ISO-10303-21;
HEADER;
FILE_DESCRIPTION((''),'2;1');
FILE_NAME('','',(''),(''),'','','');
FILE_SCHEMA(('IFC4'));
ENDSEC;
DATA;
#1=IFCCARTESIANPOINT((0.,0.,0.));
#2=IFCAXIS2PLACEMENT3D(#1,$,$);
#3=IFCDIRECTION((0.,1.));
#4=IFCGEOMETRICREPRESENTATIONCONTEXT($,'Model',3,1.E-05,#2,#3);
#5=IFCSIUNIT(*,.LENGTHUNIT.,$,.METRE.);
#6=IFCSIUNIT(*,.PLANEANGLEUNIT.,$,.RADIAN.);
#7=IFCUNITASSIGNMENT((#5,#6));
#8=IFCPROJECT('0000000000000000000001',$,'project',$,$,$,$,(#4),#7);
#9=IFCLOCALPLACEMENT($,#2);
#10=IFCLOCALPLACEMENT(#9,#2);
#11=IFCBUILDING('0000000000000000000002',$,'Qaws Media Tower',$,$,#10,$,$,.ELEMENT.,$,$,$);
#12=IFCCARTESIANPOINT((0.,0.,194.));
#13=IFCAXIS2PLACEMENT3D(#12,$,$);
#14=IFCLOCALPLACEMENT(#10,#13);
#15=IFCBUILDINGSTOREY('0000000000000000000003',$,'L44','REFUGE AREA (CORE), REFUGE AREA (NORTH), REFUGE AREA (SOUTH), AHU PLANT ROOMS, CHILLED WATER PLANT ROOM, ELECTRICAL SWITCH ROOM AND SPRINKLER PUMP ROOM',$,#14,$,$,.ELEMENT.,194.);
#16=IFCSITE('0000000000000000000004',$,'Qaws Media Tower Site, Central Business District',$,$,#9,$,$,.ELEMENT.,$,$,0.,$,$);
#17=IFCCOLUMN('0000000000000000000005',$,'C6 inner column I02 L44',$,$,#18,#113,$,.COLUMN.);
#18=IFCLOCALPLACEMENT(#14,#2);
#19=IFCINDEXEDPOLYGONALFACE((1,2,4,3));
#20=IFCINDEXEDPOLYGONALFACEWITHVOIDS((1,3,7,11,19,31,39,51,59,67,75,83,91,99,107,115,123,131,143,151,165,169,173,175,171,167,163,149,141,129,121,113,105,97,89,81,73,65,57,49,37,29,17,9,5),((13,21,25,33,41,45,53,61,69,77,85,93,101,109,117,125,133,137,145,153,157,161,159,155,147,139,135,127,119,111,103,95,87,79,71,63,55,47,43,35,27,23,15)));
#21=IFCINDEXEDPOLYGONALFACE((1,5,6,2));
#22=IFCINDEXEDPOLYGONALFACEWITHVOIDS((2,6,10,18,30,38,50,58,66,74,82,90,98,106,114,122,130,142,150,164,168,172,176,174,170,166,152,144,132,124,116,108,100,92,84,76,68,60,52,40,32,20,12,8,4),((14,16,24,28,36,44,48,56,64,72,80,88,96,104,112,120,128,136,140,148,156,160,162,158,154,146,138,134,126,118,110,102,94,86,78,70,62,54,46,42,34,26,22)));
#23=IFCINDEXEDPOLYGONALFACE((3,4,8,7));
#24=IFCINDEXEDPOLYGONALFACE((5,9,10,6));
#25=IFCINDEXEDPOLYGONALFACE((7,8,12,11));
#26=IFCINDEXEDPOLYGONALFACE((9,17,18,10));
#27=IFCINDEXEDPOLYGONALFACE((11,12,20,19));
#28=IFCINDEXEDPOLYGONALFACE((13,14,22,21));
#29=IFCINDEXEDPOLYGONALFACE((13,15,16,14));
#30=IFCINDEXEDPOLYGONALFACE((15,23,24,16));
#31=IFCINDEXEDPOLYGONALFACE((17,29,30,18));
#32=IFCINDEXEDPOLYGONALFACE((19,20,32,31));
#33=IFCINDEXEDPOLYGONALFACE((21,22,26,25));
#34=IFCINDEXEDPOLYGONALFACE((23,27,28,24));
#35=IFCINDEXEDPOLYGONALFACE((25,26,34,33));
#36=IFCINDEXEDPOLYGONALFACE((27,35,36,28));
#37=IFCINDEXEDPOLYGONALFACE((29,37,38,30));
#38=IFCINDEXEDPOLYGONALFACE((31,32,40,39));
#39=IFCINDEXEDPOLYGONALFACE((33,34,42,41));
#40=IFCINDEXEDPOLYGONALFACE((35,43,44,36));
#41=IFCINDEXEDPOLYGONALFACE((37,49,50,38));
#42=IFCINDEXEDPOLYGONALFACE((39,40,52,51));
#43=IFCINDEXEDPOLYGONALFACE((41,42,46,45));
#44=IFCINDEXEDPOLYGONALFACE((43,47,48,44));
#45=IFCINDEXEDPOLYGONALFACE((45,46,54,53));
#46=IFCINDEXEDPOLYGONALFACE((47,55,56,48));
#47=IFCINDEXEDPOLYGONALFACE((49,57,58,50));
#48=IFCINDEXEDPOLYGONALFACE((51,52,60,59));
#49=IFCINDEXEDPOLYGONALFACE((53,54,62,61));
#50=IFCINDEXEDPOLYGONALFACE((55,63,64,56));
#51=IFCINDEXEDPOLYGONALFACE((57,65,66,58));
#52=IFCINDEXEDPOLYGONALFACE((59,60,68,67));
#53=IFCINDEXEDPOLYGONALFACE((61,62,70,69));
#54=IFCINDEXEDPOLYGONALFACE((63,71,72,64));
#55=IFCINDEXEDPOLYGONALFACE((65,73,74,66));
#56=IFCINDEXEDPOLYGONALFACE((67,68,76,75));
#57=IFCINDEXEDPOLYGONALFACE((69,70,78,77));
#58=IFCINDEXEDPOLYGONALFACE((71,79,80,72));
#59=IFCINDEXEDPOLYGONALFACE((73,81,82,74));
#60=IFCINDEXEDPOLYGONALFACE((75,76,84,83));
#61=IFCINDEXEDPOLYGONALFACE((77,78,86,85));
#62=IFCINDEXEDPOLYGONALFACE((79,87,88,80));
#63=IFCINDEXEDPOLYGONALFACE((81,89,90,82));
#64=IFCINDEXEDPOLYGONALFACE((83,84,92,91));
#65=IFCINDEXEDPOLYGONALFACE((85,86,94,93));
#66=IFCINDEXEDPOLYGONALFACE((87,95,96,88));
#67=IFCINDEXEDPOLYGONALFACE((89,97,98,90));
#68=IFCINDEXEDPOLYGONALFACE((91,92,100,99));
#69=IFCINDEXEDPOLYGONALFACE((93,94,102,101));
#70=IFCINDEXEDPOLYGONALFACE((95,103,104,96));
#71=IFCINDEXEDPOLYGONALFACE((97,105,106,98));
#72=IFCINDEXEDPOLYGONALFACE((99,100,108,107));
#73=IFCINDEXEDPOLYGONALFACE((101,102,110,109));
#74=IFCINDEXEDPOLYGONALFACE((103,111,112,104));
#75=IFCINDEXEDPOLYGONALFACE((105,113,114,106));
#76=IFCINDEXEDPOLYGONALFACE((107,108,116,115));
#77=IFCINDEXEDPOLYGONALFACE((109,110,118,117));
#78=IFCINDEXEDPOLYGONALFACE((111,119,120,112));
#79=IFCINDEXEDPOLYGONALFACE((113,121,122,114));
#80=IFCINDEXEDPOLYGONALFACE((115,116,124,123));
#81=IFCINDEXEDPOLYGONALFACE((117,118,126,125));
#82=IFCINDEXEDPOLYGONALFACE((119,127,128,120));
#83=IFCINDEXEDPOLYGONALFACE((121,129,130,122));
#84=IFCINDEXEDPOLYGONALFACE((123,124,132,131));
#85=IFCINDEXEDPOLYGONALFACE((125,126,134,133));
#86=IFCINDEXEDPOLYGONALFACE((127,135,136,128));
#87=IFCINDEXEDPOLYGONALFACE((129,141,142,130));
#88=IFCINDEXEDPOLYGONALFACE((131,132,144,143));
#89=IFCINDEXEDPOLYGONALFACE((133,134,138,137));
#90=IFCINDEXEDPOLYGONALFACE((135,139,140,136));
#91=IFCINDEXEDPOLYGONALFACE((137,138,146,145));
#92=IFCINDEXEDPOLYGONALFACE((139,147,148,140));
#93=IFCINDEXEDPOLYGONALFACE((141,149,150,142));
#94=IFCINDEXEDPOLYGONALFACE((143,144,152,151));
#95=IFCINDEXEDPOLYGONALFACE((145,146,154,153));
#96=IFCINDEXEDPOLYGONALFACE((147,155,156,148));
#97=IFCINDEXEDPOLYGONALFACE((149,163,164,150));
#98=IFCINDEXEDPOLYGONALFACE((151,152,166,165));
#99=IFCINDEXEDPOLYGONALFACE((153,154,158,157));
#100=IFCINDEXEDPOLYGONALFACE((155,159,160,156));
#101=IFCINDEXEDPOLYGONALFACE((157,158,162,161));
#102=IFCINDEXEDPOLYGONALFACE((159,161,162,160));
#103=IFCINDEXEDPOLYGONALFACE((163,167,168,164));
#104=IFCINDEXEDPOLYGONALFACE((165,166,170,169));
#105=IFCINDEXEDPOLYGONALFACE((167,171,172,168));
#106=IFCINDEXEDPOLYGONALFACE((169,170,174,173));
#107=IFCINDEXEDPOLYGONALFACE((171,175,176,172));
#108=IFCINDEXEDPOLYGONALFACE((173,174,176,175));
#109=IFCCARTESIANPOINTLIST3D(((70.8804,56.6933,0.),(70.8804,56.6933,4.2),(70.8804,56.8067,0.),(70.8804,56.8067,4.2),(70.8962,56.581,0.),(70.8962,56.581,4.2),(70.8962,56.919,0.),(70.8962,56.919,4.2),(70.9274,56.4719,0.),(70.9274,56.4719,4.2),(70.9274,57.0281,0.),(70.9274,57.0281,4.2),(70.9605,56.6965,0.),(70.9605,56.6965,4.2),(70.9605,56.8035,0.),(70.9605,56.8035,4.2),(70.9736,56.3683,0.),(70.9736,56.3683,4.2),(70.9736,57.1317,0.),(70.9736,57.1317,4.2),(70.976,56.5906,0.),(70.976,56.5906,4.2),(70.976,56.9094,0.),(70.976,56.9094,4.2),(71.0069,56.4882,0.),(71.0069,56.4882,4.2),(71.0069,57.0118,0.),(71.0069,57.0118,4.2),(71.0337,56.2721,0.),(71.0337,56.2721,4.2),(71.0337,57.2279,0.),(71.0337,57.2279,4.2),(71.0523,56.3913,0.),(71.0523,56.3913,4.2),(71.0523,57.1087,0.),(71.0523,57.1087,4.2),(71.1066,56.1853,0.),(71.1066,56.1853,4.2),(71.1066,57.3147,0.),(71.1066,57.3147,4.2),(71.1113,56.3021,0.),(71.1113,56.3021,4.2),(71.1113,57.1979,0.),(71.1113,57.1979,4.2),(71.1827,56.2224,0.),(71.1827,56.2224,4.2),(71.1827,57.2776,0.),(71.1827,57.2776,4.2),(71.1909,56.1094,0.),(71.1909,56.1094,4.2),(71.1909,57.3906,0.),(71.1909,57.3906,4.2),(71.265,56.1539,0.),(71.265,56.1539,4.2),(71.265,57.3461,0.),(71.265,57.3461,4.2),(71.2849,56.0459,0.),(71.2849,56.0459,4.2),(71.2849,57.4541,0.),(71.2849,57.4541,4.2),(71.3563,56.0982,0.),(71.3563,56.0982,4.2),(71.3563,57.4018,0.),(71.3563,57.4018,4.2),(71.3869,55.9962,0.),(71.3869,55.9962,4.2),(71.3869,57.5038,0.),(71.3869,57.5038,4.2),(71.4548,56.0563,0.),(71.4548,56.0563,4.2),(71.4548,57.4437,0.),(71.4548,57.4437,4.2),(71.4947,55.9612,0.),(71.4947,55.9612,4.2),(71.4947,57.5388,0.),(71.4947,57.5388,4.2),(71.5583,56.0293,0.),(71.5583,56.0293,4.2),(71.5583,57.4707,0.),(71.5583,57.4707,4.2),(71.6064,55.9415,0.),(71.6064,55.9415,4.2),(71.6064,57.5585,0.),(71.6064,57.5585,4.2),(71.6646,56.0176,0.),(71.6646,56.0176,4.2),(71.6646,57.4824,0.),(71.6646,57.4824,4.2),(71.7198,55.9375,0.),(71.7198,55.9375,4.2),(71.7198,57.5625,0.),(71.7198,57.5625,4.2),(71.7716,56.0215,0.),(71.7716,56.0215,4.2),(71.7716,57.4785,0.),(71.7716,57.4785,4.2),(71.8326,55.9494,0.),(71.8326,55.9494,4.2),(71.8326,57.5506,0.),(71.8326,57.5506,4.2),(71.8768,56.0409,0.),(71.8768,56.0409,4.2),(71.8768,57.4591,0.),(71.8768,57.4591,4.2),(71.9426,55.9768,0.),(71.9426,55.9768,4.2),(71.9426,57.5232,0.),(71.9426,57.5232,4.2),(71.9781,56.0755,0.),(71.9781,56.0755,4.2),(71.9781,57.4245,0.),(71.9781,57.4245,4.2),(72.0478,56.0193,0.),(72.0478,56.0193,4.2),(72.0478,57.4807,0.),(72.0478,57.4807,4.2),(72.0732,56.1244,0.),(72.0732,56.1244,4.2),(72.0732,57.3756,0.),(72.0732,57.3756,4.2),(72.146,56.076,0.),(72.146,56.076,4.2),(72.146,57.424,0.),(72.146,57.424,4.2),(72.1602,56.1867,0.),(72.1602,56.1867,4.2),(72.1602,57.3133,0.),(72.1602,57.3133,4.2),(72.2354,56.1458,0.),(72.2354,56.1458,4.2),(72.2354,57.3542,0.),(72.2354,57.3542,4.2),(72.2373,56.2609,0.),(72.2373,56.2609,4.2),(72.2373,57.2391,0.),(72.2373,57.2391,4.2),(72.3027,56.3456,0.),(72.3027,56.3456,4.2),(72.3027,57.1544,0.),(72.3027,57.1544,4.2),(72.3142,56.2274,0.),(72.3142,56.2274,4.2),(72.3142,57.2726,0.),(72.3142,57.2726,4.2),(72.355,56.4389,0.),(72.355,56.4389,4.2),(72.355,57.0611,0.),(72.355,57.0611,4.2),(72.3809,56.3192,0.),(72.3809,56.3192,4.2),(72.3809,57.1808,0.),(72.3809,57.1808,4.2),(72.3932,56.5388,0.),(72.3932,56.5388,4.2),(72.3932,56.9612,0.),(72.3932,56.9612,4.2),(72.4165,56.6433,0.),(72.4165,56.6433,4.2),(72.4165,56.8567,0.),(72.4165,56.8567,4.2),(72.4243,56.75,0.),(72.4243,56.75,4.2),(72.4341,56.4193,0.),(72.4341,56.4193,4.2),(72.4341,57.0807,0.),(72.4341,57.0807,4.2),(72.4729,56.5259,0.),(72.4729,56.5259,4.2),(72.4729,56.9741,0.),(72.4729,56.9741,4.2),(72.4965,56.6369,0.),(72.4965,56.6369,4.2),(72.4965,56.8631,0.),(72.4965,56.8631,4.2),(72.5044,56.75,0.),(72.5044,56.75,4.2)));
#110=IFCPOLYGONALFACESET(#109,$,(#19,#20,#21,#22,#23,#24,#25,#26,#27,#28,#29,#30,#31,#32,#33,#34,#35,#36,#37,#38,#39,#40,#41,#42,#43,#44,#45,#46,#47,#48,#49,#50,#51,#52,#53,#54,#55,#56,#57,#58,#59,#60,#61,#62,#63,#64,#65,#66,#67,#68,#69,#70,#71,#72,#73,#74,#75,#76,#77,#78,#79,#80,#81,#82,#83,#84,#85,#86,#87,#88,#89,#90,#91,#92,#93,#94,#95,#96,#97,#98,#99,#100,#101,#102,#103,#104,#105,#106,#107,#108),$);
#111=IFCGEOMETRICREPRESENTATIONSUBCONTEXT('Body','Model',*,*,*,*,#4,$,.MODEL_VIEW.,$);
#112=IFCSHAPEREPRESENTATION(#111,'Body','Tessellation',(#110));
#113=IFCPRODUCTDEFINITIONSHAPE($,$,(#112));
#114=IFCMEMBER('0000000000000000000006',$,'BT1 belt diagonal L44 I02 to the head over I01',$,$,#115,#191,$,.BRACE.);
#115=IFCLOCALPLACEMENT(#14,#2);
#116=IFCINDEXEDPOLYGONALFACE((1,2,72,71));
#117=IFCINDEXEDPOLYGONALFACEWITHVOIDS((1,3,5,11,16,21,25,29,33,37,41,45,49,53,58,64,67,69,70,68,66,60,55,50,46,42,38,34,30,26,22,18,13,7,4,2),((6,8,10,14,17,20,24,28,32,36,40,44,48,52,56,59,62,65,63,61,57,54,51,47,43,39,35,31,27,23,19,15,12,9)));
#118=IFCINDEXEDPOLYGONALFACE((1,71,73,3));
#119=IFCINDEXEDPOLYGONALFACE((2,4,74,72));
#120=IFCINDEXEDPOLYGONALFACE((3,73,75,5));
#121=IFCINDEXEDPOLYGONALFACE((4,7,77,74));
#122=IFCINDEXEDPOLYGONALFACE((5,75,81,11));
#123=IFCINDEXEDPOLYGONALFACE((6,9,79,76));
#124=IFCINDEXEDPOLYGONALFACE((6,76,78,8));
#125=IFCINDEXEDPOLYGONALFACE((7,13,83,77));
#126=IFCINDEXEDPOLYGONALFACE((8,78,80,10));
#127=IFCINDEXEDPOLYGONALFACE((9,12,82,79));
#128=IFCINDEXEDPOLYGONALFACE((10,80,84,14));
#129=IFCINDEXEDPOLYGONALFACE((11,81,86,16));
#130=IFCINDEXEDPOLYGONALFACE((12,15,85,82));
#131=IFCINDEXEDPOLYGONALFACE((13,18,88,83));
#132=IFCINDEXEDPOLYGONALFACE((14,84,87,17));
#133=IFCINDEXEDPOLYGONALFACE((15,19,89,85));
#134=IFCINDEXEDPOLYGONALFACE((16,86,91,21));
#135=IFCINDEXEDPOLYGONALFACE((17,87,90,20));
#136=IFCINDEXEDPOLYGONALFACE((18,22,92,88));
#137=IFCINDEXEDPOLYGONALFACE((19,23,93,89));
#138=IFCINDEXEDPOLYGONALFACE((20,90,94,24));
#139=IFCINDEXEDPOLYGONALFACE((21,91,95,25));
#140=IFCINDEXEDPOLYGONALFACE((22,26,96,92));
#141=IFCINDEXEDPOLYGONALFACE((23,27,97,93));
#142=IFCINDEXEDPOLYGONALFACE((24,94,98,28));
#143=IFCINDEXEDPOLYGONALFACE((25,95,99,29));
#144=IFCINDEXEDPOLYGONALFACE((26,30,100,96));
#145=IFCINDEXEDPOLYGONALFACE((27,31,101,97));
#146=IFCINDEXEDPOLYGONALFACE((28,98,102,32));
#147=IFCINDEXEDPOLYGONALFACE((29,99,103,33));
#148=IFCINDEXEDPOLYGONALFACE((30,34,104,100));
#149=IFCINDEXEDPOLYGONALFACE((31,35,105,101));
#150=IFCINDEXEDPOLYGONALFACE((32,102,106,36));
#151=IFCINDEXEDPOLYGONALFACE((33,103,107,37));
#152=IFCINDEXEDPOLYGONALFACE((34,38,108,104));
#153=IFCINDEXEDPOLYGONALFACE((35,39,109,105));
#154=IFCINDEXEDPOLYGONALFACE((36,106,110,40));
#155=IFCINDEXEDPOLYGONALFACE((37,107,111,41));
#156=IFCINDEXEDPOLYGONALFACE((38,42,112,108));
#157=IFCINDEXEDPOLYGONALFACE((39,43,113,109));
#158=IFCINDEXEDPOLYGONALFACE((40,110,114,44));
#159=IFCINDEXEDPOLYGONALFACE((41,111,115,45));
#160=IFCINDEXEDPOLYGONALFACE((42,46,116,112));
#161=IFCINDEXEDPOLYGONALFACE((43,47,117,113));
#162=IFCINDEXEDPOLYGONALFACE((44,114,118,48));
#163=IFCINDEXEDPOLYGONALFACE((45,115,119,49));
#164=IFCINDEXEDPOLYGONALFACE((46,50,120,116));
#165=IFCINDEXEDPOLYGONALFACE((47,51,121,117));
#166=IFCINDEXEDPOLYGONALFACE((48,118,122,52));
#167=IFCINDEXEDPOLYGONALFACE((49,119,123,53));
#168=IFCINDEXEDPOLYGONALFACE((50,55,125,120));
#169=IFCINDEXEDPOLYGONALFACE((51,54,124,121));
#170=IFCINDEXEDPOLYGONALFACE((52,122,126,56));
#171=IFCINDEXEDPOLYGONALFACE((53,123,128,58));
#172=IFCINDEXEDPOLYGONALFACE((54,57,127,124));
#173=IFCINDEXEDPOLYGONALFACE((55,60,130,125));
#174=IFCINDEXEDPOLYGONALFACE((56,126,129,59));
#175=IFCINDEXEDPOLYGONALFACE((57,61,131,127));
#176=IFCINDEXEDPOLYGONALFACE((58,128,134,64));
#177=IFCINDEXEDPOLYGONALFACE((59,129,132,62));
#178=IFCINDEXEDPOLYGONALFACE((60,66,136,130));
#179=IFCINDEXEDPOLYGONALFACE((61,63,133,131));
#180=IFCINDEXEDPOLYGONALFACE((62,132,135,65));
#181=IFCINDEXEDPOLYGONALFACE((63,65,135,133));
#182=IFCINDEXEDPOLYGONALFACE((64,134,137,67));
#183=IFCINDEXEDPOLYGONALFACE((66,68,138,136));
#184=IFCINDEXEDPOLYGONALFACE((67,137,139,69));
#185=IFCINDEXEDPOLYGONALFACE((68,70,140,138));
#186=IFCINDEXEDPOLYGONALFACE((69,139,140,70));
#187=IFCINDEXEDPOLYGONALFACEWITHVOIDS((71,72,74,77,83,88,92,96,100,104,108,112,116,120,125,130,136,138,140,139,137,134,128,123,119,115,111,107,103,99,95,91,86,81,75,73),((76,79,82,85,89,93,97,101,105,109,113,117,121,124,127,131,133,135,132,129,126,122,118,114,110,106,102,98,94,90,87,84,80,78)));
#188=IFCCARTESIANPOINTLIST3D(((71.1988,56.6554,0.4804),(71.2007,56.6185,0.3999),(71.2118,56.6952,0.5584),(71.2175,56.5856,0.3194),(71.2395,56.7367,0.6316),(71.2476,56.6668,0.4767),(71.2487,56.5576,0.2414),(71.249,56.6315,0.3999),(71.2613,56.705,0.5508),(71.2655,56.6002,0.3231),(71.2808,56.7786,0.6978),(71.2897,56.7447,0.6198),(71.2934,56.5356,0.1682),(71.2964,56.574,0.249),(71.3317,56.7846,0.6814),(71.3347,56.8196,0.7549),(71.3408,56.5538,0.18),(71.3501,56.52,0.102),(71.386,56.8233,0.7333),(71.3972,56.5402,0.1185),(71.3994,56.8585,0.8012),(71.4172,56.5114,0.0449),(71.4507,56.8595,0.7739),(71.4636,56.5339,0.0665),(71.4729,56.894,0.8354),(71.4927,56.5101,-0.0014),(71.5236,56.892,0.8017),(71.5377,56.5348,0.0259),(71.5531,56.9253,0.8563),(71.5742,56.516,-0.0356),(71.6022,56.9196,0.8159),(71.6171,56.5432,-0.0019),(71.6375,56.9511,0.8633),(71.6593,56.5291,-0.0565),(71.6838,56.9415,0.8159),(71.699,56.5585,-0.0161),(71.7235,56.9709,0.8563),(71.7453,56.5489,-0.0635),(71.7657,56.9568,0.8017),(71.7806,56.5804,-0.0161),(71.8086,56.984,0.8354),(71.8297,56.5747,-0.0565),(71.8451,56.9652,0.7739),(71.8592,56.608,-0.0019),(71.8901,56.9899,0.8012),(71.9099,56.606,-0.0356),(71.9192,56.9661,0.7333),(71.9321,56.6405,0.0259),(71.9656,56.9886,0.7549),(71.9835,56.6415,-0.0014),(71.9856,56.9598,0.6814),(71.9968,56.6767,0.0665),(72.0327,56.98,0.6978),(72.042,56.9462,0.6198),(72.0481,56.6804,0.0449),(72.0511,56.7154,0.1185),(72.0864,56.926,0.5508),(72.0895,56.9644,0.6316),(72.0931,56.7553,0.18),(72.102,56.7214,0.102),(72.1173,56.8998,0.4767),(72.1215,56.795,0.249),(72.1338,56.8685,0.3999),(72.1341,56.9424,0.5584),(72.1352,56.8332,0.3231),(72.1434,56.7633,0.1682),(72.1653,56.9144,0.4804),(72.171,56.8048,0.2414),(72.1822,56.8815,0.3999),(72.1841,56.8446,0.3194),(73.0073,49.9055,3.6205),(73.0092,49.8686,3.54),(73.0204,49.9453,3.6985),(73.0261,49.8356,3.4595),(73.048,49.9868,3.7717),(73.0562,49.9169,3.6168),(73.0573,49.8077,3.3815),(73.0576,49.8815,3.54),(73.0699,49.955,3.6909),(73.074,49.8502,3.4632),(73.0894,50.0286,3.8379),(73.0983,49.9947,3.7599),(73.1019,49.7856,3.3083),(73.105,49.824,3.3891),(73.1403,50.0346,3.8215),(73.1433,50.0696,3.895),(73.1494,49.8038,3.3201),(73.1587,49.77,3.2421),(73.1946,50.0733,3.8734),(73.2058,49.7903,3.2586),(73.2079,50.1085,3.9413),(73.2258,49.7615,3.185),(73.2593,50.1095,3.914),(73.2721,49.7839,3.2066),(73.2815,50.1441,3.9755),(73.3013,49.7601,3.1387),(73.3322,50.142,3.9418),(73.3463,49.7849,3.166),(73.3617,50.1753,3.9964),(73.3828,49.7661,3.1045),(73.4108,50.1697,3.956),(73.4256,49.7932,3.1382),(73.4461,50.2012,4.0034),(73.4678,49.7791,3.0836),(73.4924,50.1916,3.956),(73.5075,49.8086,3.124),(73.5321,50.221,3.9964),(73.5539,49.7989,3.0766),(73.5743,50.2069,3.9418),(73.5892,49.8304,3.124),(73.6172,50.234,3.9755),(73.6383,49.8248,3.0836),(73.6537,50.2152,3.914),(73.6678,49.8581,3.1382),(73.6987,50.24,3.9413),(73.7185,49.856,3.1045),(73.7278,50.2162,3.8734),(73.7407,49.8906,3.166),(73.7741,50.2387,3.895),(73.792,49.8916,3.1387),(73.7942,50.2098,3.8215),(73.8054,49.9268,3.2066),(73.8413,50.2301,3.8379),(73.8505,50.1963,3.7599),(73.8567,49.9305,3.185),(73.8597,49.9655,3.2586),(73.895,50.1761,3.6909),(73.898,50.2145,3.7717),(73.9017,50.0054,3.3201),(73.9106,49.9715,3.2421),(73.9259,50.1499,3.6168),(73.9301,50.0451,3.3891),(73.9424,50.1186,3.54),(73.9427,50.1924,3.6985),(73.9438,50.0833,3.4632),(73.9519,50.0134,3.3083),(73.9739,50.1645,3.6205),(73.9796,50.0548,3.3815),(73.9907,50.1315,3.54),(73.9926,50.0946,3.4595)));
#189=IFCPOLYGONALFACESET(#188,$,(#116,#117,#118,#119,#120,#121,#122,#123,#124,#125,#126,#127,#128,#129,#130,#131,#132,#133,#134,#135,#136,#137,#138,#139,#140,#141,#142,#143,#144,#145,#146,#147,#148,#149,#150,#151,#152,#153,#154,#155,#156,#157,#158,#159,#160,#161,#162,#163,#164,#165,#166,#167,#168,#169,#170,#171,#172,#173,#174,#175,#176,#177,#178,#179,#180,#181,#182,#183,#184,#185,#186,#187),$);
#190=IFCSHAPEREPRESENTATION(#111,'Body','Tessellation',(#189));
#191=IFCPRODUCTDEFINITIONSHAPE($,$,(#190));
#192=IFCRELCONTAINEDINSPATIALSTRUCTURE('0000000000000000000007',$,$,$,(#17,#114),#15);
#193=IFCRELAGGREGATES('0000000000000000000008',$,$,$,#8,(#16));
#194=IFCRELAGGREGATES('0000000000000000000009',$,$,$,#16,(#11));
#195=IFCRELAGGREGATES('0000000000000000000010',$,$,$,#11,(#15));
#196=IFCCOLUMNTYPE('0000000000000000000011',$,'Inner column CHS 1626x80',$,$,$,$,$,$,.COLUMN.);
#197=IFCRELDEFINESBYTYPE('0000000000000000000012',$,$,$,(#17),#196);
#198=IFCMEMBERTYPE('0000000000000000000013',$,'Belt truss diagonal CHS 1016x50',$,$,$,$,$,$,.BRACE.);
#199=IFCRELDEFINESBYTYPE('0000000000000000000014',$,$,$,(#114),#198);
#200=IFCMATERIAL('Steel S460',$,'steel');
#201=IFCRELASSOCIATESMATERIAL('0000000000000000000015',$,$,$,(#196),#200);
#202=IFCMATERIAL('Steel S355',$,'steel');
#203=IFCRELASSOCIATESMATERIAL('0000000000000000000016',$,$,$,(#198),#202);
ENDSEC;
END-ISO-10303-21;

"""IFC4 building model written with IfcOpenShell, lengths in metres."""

from ifc_helpers import new_model, si_unit, direction, frame, origin, origin_2d, place, context, subcontext, project, spatial, hollow_circle, extrude, material, material_profile, profile_set, type_object, element, save


model = new_model("IFC4")

# Units and contexts
model_context = context("Model", 3, precision=1e-05, world=origin(), true_north=direction((0.0, 1.0)))
body_context = subcontext(model_context, "Body", "Model", "MODEL_VIEW")
ifc_project = project(units=[si_unit("LENGTHUNIT", "METRE"), si_unit("PLANEANGLEUNIT", "RADIAN")], contexts=[model_context])

# Site, building, storey
site_placement = place(None, origin())
site = spatial("IfcSite", under=ifc_project, at=site_placement, Name="Qaws Media Tower Site, Central Business District", CompositionType="ELEMENT", RefElevation=0.0)
building_placement = place(site_placement, origin())
building = spatial("IfcBuilding", under=site, at=building_placement, Name="Qaws Media Tower", CompositionType="ELEMENT")
storey_placement = place(building_placement, frame((0.0, 0.0, 194.0)))
storey = spatial("IfcBuildingStorey", under=building, at=storey_placement, Name="L44", Description="REFUGE AREA (CORE), REFUGE AREA (NORTH), REFUGE AREA (SOUTH), AHU PLANT ROOMS, CHILLED WATER PLANT ROOM, ELECTRICAL SWITCH ROOM AND SPRINKLER PUMP ROOM", CompositionType="ELEMENT", Elevation=194.0)

# Column
ifc_material_1 = material(Name="Steel S460", Category="steel")
ifc_material_profile_1 = material_profile(ifc_material_1, hollow_circle(Radius=0.813, WallThickness=0.0801, at=origin_2d()), Name="CHS 1626x80")
ifc_profile_set_1 = profile_set([ifc_material_profile_1], Name="Steel S460")
column_type = type_object("IfcColumnType", Name="Inner column CHS 1626x80", PredefinedType="COLUMN", material=ifc_profile_set_1)
column_placement = place(storey_placement, frame((71.6914, 56.75, 0.0), z_axis=(0.0, 0.0, 1.0), x_axis=(1.0, 0.0, 0.0)))
element("IfcColumn", 1, at=column_placement, inside=storey, type_object=column_type, Name="C6 inner column I02 L44", PredefinedType="COLUMN", context=body_context, shape_type="SweptSolid", body=[
    extrude(hollow_circle(Radius=0.813, WallThickness=0.0801, at=origin_2d()), origin(), (0.0, 0.0, 1.0), 4.2),
])

# Member
ifc_material_2 = material(Name="Steel S355", Category="steel")
ifc_material_profile_2 = material_profile(ifc_material_2, hollow_circle(Radius=0.5081, WallThickness=0.05, at=origin_2d()), Name="CHS 1016x50")
ifc_profile_set_2 = profile_set([ifc_material_profile_2], Name="Steel S355")
member_type_1 = type_object("IfcMemberType", Name="Belt truss diagonal CHS 1016x50", PredefinedType="BRACE", material=ifc_profile_set_2)
member_placement = place(storey_placement, frame((71.6914, 56.75, 0.3999), z_axis=(0.236072, -0.881063, 0.409875), x_axis=(0.965928, 0.258811, 0.0)))
element("IfcMember", 2, at=member_placement, inside=storey, type_object=member_type_1, Name="BT1 belt diagonal L44 I02 to the head over I01", PredefinedType="BRACE", context=body_context, shape_type="SweptSolid", body=[
    extrude(hollow_circle(Radius=0.5081, WallThickness=0.05, at=origin_2d()), origin(), (0.0, 0.0, 1.0), 7.6611),
])

save(model, "model.ifc")
